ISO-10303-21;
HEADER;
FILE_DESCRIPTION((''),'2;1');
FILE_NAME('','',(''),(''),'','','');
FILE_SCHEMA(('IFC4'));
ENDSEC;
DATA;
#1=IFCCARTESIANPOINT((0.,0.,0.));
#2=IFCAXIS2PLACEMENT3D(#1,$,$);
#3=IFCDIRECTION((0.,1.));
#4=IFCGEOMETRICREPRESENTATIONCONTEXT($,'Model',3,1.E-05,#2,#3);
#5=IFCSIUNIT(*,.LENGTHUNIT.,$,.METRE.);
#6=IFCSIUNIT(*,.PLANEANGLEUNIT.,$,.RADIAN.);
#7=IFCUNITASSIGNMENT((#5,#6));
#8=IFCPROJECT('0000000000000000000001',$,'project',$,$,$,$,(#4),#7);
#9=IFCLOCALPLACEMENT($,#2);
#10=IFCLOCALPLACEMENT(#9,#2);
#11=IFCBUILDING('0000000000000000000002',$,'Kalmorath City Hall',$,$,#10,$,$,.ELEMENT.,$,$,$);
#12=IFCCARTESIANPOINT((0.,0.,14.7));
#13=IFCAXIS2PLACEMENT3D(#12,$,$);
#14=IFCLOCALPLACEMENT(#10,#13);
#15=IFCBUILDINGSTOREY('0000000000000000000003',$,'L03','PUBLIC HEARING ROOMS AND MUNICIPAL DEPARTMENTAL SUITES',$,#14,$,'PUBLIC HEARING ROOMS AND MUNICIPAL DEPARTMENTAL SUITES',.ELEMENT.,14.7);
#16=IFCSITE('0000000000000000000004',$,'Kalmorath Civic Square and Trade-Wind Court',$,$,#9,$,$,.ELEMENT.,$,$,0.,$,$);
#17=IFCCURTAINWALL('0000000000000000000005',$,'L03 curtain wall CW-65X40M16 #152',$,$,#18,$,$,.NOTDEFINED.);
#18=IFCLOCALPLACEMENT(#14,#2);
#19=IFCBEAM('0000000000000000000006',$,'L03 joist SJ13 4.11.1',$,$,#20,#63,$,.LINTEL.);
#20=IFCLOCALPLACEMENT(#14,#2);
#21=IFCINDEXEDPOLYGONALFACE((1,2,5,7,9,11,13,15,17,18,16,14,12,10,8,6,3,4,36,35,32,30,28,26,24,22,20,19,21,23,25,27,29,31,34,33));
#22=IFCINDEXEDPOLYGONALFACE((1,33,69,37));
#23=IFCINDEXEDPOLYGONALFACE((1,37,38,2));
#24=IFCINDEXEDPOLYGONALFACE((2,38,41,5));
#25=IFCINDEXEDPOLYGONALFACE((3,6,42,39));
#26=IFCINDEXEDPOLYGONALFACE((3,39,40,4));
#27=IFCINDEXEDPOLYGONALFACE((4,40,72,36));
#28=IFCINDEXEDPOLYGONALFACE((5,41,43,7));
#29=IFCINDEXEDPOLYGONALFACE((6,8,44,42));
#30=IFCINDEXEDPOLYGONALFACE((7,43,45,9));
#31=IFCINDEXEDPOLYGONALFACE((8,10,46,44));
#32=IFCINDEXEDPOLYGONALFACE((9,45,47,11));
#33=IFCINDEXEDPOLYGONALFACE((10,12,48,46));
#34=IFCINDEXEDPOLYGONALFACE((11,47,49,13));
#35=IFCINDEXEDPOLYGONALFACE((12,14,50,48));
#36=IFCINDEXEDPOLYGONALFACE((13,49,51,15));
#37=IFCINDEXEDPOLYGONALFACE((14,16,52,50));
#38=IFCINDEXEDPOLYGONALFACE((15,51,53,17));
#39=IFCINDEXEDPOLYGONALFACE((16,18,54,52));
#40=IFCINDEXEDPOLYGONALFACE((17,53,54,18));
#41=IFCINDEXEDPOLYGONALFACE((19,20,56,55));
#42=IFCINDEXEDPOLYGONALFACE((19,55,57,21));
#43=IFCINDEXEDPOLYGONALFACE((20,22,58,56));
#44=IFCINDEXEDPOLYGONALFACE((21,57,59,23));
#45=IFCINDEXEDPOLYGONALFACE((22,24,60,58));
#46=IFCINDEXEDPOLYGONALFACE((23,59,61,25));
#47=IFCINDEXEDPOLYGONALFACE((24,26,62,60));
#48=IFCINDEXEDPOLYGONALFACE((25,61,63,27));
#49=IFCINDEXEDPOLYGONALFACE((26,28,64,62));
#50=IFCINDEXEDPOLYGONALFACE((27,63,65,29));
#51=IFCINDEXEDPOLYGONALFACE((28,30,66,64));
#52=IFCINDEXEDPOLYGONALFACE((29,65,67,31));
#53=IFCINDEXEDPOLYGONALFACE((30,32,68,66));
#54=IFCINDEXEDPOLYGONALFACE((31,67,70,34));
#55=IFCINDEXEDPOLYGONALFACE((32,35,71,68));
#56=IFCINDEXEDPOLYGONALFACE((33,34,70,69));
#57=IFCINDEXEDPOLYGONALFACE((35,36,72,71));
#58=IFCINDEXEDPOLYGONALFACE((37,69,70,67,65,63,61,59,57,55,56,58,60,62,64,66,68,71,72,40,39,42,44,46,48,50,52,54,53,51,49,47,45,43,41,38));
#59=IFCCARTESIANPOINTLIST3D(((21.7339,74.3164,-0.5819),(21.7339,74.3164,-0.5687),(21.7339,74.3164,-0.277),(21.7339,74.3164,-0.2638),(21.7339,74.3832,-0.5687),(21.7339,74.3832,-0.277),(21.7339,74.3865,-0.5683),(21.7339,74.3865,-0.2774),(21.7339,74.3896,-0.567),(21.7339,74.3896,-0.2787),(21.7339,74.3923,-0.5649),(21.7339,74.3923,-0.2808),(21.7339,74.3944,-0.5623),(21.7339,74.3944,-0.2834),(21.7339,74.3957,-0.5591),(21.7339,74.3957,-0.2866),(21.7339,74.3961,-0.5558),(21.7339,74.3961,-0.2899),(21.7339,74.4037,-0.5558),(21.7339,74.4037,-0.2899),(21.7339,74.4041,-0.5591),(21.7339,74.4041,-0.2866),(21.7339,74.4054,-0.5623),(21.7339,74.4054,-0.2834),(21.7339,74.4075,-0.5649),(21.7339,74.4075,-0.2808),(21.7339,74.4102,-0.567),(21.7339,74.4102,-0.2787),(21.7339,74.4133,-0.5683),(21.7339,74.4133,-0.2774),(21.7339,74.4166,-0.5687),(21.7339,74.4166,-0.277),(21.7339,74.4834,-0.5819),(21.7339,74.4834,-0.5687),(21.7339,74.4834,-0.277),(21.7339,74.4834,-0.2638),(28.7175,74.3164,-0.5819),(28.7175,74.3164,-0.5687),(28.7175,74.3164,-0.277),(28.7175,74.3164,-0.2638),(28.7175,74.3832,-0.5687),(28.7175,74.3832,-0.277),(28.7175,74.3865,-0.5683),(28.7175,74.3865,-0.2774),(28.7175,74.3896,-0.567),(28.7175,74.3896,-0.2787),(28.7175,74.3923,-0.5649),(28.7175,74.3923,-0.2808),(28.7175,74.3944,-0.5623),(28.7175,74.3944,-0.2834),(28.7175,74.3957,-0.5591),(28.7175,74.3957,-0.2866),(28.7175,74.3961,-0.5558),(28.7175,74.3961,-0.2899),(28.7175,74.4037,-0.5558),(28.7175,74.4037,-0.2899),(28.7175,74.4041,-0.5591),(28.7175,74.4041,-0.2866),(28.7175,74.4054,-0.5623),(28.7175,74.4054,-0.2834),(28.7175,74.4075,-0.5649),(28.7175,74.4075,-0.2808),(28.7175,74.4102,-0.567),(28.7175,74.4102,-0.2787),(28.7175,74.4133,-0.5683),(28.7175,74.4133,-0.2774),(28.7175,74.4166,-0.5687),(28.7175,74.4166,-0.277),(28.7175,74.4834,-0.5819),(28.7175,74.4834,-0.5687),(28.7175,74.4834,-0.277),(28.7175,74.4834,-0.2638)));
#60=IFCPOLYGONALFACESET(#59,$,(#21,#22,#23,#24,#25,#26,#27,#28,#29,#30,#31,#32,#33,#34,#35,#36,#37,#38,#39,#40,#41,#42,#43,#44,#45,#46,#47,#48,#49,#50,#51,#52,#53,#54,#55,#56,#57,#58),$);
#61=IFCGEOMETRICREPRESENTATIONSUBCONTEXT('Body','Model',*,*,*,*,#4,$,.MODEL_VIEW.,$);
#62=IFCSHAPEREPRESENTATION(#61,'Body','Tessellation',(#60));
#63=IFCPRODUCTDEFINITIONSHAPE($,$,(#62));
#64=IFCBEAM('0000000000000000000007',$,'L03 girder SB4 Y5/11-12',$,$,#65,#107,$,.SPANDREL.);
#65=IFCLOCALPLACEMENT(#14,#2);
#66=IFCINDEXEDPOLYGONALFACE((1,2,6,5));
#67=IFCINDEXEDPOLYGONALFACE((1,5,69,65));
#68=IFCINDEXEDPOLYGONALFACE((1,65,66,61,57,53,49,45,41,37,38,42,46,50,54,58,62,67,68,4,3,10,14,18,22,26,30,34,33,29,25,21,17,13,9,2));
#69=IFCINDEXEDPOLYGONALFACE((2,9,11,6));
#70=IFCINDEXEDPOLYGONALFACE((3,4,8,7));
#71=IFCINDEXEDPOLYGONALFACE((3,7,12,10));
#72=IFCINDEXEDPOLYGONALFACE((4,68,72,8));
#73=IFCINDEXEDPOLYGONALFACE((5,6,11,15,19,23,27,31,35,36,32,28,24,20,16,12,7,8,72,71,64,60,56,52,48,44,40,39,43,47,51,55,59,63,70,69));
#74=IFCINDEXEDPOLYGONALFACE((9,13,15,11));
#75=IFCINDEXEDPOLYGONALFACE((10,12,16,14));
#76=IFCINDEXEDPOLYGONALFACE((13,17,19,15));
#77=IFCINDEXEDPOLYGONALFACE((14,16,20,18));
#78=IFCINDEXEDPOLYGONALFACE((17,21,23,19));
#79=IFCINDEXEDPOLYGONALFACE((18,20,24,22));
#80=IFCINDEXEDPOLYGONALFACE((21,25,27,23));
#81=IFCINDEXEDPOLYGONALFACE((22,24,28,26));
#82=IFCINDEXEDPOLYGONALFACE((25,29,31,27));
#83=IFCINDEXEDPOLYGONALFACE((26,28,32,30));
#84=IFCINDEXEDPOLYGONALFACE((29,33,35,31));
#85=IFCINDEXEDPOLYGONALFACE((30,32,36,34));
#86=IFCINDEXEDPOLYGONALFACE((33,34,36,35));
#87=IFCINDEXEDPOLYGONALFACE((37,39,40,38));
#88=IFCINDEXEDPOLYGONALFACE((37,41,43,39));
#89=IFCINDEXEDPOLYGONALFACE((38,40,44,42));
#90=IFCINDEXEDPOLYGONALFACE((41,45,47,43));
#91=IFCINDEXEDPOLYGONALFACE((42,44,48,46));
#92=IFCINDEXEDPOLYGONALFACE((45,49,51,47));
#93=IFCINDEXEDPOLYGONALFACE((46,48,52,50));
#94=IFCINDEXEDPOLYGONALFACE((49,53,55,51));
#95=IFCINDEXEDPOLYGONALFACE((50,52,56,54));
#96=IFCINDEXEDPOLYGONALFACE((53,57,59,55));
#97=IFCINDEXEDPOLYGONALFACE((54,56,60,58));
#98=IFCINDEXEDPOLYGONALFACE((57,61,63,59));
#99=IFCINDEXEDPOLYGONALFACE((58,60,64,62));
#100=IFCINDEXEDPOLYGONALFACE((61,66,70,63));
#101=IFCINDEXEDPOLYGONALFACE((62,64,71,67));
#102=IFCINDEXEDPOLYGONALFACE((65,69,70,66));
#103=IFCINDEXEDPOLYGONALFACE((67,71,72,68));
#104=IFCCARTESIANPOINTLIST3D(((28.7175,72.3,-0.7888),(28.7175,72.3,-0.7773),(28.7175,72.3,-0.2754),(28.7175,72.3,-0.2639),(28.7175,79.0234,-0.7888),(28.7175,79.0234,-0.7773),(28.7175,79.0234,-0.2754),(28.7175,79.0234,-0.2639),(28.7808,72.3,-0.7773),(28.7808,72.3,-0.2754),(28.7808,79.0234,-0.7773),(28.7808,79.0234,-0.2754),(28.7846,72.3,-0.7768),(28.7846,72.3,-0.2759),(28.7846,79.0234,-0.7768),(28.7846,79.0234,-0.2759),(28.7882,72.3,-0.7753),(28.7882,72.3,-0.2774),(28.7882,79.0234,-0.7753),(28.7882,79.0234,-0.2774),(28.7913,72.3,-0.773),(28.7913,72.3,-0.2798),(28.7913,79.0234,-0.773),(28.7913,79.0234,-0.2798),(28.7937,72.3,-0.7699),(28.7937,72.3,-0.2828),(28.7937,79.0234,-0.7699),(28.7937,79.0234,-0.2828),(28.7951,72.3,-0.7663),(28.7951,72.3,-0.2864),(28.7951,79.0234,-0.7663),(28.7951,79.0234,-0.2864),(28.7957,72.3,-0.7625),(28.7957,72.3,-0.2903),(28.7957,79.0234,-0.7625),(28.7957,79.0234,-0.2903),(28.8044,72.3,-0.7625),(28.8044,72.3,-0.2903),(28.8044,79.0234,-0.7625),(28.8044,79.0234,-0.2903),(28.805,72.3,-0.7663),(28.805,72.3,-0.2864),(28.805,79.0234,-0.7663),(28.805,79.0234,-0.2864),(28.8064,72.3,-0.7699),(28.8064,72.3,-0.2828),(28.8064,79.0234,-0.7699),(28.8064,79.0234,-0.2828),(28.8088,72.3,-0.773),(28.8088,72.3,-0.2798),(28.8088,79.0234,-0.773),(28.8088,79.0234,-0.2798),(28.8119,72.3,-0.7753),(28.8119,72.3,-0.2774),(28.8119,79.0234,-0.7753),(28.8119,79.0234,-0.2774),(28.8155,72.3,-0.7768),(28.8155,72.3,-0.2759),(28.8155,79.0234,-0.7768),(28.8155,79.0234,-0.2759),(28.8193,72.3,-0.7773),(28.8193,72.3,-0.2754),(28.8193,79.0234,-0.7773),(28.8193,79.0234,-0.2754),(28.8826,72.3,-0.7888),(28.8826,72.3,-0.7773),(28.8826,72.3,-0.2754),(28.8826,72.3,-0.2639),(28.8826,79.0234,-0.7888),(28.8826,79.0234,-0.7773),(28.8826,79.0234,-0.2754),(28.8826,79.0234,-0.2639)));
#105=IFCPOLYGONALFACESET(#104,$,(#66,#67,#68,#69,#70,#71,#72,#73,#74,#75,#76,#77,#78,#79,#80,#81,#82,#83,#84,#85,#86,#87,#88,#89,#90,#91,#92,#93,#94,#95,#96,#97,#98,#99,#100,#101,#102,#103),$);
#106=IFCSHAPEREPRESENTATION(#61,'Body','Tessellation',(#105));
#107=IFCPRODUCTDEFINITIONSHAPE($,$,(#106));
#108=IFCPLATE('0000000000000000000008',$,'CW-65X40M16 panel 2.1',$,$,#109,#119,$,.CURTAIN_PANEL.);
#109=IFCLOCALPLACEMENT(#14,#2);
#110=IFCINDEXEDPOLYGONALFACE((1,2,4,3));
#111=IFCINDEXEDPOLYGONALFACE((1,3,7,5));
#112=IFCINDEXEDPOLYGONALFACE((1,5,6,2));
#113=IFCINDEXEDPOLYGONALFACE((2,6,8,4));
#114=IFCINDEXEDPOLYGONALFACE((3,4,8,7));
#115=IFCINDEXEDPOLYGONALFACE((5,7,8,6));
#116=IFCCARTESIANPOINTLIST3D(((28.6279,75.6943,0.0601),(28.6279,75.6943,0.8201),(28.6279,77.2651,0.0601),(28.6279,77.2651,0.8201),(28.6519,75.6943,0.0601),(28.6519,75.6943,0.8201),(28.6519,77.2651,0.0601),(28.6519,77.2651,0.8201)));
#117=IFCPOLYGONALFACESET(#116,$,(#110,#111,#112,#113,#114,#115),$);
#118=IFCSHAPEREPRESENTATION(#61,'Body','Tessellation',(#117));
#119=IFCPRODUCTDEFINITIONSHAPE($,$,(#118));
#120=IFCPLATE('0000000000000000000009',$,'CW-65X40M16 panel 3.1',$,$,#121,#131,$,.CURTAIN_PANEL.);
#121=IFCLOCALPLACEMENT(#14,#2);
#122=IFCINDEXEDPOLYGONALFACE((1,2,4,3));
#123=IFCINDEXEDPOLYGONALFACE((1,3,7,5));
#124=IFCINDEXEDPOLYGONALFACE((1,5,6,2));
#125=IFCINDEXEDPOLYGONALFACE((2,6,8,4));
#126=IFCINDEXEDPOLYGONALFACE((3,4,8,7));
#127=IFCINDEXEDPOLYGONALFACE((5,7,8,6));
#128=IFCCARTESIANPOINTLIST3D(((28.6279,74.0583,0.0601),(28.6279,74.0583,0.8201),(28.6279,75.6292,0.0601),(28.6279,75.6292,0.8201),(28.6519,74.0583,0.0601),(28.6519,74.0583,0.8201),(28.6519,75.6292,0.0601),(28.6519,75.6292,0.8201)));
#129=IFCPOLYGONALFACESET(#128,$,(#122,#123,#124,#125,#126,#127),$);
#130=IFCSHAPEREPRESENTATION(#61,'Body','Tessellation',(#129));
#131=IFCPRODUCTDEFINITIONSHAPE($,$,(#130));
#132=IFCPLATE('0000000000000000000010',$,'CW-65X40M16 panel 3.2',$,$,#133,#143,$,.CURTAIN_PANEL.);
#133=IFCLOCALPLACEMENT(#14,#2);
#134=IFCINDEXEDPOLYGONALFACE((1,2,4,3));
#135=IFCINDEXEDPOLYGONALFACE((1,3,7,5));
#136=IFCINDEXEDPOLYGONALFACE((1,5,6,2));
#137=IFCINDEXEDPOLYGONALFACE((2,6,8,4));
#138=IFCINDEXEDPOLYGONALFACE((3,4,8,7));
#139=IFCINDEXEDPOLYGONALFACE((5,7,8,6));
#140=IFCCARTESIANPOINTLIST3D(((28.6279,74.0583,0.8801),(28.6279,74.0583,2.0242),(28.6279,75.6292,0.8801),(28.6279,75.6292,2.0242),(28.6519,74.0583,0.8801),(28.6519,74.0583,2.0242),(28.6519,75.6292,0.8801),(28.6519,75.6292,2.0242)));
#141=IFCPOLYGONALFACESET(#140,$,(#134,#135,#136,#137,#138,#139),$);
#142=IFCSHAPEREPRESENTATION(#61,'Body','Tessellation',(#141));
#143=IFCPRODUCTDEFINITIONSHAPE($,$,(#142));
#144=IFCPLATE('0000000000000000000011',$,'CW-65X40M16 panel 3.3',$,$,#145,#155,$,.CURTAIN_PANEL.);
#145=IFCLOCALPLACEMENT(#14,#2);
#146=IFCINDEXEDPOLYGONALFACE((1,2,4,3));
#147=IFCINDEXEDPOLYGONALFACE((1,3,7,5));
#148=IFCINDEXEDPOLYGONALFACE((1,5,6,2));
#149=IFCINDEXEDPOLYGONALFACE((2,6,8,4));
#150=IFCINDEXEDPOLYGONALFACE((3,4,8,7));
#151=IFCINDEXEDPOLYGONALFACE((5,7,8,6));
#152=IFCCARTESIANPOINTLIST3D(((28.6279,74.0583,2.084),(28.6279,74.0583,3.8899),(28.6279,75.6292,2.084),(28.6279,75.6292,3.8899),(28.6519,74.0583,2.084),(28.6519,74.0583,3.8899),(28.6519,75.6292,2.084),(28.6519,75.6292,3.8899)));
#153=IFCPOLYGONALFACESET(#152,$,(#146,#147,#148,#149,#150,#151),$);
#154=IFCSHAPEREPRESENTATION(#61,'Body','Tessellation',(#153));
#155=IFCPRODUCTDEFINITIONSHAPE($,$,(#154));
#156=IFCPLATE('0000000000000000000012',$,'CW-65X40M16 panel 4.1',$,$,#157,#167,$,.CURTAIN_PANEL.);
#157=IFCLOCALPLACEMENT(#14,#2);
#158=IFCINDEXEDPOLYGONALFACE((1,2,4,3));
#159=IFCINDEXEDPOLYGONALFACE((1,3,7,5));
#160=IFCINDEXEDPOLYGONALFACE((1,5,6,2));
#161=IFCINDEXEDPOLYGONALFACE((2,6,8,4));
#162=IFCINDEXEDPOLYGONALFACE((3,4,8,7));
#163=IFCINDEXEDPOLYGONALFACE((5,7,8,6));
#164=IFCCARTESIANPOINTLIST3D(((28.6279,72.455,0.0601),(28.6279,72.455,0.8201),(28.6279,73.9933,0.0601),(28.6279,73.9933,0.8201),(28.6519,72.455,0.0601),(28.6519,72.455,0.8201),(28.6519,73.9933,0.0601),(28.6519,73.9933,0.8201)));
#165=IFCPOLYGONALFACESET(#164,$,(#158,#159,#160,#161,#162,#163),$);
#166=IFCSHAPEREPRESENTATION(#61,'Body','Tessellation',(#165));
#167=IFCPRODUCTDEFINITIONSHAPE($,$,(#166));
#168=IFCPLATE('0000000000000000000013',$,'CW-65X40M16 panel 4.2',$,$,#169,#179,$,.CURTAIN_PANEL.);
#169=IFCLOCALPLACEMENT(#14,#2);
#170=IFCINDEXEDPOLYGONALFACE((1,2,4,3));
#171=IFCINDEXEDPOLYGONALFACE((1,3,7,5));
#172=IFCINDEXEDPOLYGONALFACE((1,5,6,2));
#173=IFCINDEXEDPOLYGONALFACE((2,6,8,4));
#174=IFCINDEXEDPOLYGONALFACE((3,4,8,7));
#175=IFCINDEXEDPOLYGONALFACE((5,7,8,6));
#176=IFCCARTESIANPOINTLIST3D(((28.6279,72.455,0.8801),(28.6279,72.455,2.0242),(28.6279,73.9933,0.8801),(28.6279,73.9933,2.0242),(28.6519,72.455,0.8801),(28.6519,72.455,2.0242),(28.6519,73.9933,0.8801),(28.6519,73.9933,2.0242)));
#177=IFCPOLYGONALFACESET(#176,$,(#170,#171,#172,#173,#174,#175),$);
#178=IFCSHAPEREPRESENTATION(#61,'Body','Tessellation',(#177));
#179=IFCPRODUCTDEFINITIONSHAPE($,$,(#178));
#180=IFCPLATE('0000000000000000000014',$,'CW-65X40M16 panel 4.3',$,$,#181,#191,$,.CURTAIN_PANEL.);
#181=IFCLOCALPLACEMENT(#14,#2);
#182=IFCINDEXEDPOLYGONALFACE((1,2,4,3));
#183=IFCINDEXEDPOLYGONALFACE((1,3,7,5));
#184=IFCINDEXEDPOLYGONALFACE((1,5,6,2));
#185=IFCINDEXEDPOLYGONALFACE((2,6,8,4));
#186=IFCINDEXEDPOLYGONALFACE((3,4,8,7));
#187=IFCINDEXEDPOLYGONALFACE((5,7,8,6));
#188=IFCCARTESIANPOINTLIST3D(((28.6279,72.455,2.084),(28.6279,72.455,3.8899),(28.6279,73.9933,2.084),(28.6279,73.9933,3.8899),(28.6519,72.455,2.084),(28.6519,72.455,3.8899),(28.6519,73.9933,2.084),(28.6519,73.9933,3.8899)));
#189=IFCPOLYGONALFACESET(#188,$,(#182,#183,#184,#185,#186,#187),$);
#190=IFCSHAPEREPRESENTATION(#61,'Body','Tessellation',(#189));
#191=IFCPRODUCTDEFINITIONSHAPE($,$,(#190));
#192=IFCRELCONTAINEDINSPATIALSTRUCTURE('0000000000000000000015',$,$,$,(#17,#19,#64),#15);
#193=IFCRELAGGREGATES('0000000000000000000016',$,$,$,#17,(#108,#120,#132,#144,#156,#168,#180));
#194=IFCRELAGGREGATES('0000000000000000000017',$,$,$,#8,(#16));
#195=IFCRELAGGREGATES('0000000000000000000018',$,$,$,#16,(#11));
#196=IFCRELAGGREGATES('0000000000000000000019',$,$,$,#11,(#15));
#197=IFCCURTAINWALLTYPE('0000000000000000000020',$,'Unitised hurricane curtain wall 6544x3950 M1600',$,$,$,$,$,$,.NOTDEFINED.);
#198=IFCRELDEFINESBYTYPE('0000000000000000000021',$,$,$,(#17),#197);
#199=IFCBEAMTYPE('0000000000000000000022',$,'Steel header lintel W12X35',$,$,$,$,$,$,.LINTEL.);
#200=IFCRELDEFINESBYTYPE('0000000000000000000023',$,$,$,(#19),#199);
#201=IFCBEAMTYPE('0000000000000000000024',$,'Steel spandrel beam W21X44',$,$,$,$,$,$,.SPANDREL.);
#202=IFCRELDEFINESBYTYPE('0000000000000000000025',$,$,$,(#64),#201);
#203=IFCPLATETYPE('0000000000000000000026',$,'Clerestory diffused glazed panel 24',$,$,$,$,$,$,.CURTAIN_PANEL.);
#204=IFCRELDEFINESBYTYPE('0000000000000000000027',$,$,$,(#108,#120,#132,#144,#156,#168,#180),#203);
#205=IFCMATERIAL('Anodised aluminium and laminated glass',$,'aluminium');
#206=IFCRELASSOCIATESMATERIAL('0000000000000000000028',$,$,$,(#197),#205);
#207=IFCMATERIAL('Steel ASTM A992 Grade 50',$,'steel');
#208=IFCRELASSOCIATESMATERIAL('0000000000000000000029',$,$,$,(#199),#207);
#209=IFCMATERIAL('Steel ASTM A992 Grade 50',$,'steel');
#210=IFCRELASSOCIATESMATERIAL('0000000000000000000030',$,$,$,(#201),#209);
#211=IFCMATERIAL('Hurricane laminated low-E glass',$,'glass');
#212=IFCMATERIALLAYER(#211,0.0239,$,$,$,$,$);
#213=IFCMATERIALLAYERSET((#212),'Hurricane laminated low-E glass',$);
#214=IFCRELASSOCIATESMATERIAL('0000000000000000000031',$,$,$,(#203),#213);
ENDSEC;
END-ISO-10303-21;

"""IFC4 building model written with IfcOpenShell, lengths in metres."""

from ifc_helpers import new_model, si_unit, direction, frame, origin, origin_2d, place, context, subcontext, project, spatial, rectangle, i_section, extrude, material, layer, layer_set, material_profile, profile_set, type_object, element, aggregate, save


model = new_model("IFC4")

# Units and contexts
model_context = context("Model", 3, precision=1e-05, world=origin(), true_north=direction((0.0, 1.0)))
body_context = subcontext(model_context, "Body", "Model", "MODEL_VIEW")
ifc_project = project(units=[si_unit("LENGTHUNIT", "METRE"), si_unit("PLANEANGLEUNIT", "RADIAN")], contexts=[model_context])

# Site, building, storey
site_placement = place(None, origin())
site = spatial("IfcSite", under=ifc_project, at=site_placement, Name="Kalmorath Civic Square and Trade-Wind Court", CompositionType="ELEMENT", RefElevation=0.0)
building_placement = place(site_placement, origin())
building = spatial("IfcBuilding", under=site, at=building_placement, Name="Kalmorath City Hall", CompositionType="ELEMENT")
storey_placement = place(building_placement, frame((0.0, 0.0, 14.7)))
storey = spatial("IfcBuildingStorey", under=building, at=storey_placement, Name="L03", Description="PUBLIC HEARING ROOMS AND MUNICIPAL DEPARTMENTAL SUITES", LongName="PUBLIC HEARING ROOMS AND MUNICIPAL DEPARTMENTAL SUITES", CompositionType="ELEMENT", Elevation=14.7)

# Curtain wall
ifc_material_1 = material(Name="Anodised aluminium and laminated glass", Category="aluminium")
curtain_wall_type = type_object("IfcCurtainWallType", Name="Unitised hurricane curtain wall 6544x3950 M1600", PredefinedType="NOTDEFINED", material=ifc_material_1)
curtain_wall_placement = place(storey_placement, origin())
curtain_wall = element("IfcCurtainWall", 1, at=curtain_wall_placement, inside=storey, type_object=curtain_wall_type, Name="L03 curtain wall CW-65X40M16 #152", PredefinedType="NOTDEFINED")

# Beams
ifc_material_2 = material(Name="Steel ASTM A992 Grade 50", Category="steel")
ifc_material_profile_1 = material_profile(ifc_material_2, i_section(OverallWidth=0.167, OverallDepth=0.3181, WebThickness=0.0076, FlangeThickness=0.0132, FilletRadius=0.0129, at=origin_2d()), Name="W12X35")
ifc_profile_set_1 = profile_set([ifc_material_profile_1], Name="Steel ASTM A992 Grade 50")
beam_type_1 = type_object("IfcBeamType", Name="Steel header lintel W12X35", PredefinedType="LINTEL", material=ifc_profile_set_1)
beam_1_placement = place(storey_placement, frame((21.7339, 74.3999, -0.4229), z_axis=(1.0, 0.0, 0.0), x_axis=(0.0, 1.0, 0.0)))
element("IfcBeam", 2, at=beam_1_placement, inside=storey, type_object=beam_type_1, Name="L03 joist SJ13 4.11.1", PredefinedType="LINTEL", context=body_context, shape_type="SweptSolid", body=[
    extrude(i_section(OverallWidth=0.167, OverallDepth=0.3181, WebThickness=0.0076, FlangeThickness=0.0132, FilletRadius=0.0129, at=origin_2d()), origin(), (0.0, 0.0, 1.0), 6.9836),
])
ifc_material_3 = material(Name="Steel ASTM A992 Grade 50", Category="steel")
ifc_material_profile_2 = material_profile(ifc_material_3, i_section(OverallWidth=0.165, OverallDepth=0.5249, WebThickness=0.0088, FlangeThickness=0.0115, FilletRadius=0.0149, at=origin_2d()), Name="W21X44")
ifc_profile_set_2 = profile_set([ifc_material_profile_2], Name="Steel ASTM A992 Grade 50")
beam_type_2 = type_object("IfcBeamType", Name="Steel spandrel beam W21X44", PredefinedType="SPANDREL", material=ifc_profile_set_2)
beam_2_placement = place(storey_placement, frame((28.8, 72.3, -0.5264), z_axis=(0.0, 1.0, 0.0), x_axis=(-1.0, 0.0, 0.0)))
element("IfcBeam", 3, at=beam_2_placement, inside=storey, type_object=beam_type_2, Name="L03 girder SB4 Y5/11-12", PredefinedType="SPANDREL", context=body_context, shape_type="SweptSolid", body=[
    extrude(i_section(OverallWidth=0.165, OverallDepth=0.5249, WebThickness=0.0088, FlangeThickness=0.0115, FilletRadius=0.0149, at=origin_2d()), origin(), (0.0, 0.0, 1.0), 6.7234),
])

# Plates
ifc_material_4 = material(Name="Hurricane laminated low-E glass", Category="glass")
ifc_layer_1 = layer(ifc_material_4, 0.0239)
ifc_layer_set_1 = layer_set([ifc_layer_1], Name="Hurricane laminated low-E glass")
plate_type = type_object("IfcPlateType", Name="Clerestory diffused glazed panel 24", PredefinedType="CURTAIN_PANEL", material=ifc_layer_set_1)
plate_1_placement = place(storey_placement, frame((28.6399, 76.4797, 0.0601), z_axis=(0.0, 0.0, 1.0), x_axis=(0.0, -1.0, 0.0)))
plate_1 = element("IfcPlate", 4, at=plate_1_placement, type_object=plate_type, Name="CW-65X40M16 panel 2.1", PredefinedType="CURTAIN_PANEL", context=body_context, shape_type="SweptSolid", body=[
    extrude(rectangle(XDim=1.5708, YDim=0.0239, at=origin_2d()), origin(), (0.0, 0.0, 1.0), 0.76),
])
plate_2_placement = place(storey_placement, frame((28.6399, 74.8438, 0.0601), z_axis=(0.0, 0.0, 1.0), x_axis=(0.0, -1.0, 0.0)))
plate_2 = element("IfcPlate", 5, at=plate_2_placement, type_object=plate_type, Name="CW-65X40M16 panel 3.1", PredefinedType="CURTAIN_PANEL", context=body_context, shape_type="SweptSolid", body=[
    extrude(rectangle(XDim=1.5708, YDim=0.0239, at=origin_2d()), origin(), (0.0, 0.0, 1.0), 0.76),
])
plate_3_placement = place(storey_placement, frame((28.6399, 74.8438, 0.8801), z_axis=(0.0, 0.0, 1.0), x_axis=(0.0, -1.0, 0.0)))
plate_3 = element("IfcPlate", 6, at=plate_3_placement, type_object=plate_type, Name="CW-65X40M16 panel 3.2", PredefinedType="CURTAIN_PANEL", context=body_context, shape_type="SweptSolid", body=[
    extrude(rectangle(XDim=1.5708, YDim=0.0239, at=origin_2d()), origin(), (0.0, 0.0, 1.0), 1.144),
])
plate_4_placement = place(storey_placement, frame((28.6399, 74.8438, 2.084), z_axis=(0.0, 0.0, 1.0), x_axis=(0.0, -1.0, 0.0)))
plate_4 = element("IfcPlate", 7, at=plate_4_placement, type_object=plate_type, Name="CW-65X40M16 panel 3.3", PredefinedType="CURTAIN_PANEL", context=body_context, shape_type="SweptSolid", body=[
    extrude(rectangle(XDim=1.5708, YDim=0.0239, at=origin_2d()), origin(), (0.0, 0.0, 1.0), 1.8059),
])
plate_5_placement = place(storey_placement, frame((28.6399, 73.2241, 0.0601), z_axis=(0.0, 0.0, 1.0), x_axis=(0.0, -1.0, 0.0)))
plate_5 = element("IfcPlate", 8, at=plate_5_placement, type_object=plate_type, Name="CW-65X40M16 panel 4.1", PredefinedType="CURTAIN_PANEL", context=body_context, shape_type="SweptSolid", body=[
    extrude(rectangle(XDim=1.5383, YDim=0.0239, at=origin_2d()), origin(), (0.0, 0.0, 1.0), 0.76),
])
plate_6_placement = place(storey_placement, frame((28.6399, 73.2241, 0.8801), z_axis=(0.0, 0.0, 1.0), x_axis=(0.0, -1.0, 0.0)))
plate_6 = element("IfcPlate", 9, at=plate_6_placement, type_object=plate_type, Name="CW-65X40M16 panel 4.2", PredefinedType="CURTAIN_PANEL", context=body_context, shape_type="SweptSolid", body=[
    extrude(rectangle(XDim=1.5383, YDim=0.0239, at=origin_2d()), origin(), (0.0, 0.0, 1.0), 1.144),
])
plate_7_placement = place(storey_placement, frame((28.6399, 73.2241, 2.084), z_axis=(0.0, 0.0, 1.0), x_axis=(0.0, -1.0, 0.0)))
plate_7 = element("IfcPlate", 10, at=plate_7_placement, type_object=plate_type, Name="CW-65X40M16 panel 4.3", PredefinedType="CURTAIN_PANEL", context=body_context, shape_type="SweptSolid", body=[
    extrude(rectangle(XDim=1.5383, YDim=0.0239, at=origin_2d()), origin(), (0.0, 0.0, 1.0), 1.8059),
])
aggregate(curtain_wall, [plate_1, plate_2, plate_3, plate_4, plate_5, plate_6, plate_7])

save(model, "model.ifc")
